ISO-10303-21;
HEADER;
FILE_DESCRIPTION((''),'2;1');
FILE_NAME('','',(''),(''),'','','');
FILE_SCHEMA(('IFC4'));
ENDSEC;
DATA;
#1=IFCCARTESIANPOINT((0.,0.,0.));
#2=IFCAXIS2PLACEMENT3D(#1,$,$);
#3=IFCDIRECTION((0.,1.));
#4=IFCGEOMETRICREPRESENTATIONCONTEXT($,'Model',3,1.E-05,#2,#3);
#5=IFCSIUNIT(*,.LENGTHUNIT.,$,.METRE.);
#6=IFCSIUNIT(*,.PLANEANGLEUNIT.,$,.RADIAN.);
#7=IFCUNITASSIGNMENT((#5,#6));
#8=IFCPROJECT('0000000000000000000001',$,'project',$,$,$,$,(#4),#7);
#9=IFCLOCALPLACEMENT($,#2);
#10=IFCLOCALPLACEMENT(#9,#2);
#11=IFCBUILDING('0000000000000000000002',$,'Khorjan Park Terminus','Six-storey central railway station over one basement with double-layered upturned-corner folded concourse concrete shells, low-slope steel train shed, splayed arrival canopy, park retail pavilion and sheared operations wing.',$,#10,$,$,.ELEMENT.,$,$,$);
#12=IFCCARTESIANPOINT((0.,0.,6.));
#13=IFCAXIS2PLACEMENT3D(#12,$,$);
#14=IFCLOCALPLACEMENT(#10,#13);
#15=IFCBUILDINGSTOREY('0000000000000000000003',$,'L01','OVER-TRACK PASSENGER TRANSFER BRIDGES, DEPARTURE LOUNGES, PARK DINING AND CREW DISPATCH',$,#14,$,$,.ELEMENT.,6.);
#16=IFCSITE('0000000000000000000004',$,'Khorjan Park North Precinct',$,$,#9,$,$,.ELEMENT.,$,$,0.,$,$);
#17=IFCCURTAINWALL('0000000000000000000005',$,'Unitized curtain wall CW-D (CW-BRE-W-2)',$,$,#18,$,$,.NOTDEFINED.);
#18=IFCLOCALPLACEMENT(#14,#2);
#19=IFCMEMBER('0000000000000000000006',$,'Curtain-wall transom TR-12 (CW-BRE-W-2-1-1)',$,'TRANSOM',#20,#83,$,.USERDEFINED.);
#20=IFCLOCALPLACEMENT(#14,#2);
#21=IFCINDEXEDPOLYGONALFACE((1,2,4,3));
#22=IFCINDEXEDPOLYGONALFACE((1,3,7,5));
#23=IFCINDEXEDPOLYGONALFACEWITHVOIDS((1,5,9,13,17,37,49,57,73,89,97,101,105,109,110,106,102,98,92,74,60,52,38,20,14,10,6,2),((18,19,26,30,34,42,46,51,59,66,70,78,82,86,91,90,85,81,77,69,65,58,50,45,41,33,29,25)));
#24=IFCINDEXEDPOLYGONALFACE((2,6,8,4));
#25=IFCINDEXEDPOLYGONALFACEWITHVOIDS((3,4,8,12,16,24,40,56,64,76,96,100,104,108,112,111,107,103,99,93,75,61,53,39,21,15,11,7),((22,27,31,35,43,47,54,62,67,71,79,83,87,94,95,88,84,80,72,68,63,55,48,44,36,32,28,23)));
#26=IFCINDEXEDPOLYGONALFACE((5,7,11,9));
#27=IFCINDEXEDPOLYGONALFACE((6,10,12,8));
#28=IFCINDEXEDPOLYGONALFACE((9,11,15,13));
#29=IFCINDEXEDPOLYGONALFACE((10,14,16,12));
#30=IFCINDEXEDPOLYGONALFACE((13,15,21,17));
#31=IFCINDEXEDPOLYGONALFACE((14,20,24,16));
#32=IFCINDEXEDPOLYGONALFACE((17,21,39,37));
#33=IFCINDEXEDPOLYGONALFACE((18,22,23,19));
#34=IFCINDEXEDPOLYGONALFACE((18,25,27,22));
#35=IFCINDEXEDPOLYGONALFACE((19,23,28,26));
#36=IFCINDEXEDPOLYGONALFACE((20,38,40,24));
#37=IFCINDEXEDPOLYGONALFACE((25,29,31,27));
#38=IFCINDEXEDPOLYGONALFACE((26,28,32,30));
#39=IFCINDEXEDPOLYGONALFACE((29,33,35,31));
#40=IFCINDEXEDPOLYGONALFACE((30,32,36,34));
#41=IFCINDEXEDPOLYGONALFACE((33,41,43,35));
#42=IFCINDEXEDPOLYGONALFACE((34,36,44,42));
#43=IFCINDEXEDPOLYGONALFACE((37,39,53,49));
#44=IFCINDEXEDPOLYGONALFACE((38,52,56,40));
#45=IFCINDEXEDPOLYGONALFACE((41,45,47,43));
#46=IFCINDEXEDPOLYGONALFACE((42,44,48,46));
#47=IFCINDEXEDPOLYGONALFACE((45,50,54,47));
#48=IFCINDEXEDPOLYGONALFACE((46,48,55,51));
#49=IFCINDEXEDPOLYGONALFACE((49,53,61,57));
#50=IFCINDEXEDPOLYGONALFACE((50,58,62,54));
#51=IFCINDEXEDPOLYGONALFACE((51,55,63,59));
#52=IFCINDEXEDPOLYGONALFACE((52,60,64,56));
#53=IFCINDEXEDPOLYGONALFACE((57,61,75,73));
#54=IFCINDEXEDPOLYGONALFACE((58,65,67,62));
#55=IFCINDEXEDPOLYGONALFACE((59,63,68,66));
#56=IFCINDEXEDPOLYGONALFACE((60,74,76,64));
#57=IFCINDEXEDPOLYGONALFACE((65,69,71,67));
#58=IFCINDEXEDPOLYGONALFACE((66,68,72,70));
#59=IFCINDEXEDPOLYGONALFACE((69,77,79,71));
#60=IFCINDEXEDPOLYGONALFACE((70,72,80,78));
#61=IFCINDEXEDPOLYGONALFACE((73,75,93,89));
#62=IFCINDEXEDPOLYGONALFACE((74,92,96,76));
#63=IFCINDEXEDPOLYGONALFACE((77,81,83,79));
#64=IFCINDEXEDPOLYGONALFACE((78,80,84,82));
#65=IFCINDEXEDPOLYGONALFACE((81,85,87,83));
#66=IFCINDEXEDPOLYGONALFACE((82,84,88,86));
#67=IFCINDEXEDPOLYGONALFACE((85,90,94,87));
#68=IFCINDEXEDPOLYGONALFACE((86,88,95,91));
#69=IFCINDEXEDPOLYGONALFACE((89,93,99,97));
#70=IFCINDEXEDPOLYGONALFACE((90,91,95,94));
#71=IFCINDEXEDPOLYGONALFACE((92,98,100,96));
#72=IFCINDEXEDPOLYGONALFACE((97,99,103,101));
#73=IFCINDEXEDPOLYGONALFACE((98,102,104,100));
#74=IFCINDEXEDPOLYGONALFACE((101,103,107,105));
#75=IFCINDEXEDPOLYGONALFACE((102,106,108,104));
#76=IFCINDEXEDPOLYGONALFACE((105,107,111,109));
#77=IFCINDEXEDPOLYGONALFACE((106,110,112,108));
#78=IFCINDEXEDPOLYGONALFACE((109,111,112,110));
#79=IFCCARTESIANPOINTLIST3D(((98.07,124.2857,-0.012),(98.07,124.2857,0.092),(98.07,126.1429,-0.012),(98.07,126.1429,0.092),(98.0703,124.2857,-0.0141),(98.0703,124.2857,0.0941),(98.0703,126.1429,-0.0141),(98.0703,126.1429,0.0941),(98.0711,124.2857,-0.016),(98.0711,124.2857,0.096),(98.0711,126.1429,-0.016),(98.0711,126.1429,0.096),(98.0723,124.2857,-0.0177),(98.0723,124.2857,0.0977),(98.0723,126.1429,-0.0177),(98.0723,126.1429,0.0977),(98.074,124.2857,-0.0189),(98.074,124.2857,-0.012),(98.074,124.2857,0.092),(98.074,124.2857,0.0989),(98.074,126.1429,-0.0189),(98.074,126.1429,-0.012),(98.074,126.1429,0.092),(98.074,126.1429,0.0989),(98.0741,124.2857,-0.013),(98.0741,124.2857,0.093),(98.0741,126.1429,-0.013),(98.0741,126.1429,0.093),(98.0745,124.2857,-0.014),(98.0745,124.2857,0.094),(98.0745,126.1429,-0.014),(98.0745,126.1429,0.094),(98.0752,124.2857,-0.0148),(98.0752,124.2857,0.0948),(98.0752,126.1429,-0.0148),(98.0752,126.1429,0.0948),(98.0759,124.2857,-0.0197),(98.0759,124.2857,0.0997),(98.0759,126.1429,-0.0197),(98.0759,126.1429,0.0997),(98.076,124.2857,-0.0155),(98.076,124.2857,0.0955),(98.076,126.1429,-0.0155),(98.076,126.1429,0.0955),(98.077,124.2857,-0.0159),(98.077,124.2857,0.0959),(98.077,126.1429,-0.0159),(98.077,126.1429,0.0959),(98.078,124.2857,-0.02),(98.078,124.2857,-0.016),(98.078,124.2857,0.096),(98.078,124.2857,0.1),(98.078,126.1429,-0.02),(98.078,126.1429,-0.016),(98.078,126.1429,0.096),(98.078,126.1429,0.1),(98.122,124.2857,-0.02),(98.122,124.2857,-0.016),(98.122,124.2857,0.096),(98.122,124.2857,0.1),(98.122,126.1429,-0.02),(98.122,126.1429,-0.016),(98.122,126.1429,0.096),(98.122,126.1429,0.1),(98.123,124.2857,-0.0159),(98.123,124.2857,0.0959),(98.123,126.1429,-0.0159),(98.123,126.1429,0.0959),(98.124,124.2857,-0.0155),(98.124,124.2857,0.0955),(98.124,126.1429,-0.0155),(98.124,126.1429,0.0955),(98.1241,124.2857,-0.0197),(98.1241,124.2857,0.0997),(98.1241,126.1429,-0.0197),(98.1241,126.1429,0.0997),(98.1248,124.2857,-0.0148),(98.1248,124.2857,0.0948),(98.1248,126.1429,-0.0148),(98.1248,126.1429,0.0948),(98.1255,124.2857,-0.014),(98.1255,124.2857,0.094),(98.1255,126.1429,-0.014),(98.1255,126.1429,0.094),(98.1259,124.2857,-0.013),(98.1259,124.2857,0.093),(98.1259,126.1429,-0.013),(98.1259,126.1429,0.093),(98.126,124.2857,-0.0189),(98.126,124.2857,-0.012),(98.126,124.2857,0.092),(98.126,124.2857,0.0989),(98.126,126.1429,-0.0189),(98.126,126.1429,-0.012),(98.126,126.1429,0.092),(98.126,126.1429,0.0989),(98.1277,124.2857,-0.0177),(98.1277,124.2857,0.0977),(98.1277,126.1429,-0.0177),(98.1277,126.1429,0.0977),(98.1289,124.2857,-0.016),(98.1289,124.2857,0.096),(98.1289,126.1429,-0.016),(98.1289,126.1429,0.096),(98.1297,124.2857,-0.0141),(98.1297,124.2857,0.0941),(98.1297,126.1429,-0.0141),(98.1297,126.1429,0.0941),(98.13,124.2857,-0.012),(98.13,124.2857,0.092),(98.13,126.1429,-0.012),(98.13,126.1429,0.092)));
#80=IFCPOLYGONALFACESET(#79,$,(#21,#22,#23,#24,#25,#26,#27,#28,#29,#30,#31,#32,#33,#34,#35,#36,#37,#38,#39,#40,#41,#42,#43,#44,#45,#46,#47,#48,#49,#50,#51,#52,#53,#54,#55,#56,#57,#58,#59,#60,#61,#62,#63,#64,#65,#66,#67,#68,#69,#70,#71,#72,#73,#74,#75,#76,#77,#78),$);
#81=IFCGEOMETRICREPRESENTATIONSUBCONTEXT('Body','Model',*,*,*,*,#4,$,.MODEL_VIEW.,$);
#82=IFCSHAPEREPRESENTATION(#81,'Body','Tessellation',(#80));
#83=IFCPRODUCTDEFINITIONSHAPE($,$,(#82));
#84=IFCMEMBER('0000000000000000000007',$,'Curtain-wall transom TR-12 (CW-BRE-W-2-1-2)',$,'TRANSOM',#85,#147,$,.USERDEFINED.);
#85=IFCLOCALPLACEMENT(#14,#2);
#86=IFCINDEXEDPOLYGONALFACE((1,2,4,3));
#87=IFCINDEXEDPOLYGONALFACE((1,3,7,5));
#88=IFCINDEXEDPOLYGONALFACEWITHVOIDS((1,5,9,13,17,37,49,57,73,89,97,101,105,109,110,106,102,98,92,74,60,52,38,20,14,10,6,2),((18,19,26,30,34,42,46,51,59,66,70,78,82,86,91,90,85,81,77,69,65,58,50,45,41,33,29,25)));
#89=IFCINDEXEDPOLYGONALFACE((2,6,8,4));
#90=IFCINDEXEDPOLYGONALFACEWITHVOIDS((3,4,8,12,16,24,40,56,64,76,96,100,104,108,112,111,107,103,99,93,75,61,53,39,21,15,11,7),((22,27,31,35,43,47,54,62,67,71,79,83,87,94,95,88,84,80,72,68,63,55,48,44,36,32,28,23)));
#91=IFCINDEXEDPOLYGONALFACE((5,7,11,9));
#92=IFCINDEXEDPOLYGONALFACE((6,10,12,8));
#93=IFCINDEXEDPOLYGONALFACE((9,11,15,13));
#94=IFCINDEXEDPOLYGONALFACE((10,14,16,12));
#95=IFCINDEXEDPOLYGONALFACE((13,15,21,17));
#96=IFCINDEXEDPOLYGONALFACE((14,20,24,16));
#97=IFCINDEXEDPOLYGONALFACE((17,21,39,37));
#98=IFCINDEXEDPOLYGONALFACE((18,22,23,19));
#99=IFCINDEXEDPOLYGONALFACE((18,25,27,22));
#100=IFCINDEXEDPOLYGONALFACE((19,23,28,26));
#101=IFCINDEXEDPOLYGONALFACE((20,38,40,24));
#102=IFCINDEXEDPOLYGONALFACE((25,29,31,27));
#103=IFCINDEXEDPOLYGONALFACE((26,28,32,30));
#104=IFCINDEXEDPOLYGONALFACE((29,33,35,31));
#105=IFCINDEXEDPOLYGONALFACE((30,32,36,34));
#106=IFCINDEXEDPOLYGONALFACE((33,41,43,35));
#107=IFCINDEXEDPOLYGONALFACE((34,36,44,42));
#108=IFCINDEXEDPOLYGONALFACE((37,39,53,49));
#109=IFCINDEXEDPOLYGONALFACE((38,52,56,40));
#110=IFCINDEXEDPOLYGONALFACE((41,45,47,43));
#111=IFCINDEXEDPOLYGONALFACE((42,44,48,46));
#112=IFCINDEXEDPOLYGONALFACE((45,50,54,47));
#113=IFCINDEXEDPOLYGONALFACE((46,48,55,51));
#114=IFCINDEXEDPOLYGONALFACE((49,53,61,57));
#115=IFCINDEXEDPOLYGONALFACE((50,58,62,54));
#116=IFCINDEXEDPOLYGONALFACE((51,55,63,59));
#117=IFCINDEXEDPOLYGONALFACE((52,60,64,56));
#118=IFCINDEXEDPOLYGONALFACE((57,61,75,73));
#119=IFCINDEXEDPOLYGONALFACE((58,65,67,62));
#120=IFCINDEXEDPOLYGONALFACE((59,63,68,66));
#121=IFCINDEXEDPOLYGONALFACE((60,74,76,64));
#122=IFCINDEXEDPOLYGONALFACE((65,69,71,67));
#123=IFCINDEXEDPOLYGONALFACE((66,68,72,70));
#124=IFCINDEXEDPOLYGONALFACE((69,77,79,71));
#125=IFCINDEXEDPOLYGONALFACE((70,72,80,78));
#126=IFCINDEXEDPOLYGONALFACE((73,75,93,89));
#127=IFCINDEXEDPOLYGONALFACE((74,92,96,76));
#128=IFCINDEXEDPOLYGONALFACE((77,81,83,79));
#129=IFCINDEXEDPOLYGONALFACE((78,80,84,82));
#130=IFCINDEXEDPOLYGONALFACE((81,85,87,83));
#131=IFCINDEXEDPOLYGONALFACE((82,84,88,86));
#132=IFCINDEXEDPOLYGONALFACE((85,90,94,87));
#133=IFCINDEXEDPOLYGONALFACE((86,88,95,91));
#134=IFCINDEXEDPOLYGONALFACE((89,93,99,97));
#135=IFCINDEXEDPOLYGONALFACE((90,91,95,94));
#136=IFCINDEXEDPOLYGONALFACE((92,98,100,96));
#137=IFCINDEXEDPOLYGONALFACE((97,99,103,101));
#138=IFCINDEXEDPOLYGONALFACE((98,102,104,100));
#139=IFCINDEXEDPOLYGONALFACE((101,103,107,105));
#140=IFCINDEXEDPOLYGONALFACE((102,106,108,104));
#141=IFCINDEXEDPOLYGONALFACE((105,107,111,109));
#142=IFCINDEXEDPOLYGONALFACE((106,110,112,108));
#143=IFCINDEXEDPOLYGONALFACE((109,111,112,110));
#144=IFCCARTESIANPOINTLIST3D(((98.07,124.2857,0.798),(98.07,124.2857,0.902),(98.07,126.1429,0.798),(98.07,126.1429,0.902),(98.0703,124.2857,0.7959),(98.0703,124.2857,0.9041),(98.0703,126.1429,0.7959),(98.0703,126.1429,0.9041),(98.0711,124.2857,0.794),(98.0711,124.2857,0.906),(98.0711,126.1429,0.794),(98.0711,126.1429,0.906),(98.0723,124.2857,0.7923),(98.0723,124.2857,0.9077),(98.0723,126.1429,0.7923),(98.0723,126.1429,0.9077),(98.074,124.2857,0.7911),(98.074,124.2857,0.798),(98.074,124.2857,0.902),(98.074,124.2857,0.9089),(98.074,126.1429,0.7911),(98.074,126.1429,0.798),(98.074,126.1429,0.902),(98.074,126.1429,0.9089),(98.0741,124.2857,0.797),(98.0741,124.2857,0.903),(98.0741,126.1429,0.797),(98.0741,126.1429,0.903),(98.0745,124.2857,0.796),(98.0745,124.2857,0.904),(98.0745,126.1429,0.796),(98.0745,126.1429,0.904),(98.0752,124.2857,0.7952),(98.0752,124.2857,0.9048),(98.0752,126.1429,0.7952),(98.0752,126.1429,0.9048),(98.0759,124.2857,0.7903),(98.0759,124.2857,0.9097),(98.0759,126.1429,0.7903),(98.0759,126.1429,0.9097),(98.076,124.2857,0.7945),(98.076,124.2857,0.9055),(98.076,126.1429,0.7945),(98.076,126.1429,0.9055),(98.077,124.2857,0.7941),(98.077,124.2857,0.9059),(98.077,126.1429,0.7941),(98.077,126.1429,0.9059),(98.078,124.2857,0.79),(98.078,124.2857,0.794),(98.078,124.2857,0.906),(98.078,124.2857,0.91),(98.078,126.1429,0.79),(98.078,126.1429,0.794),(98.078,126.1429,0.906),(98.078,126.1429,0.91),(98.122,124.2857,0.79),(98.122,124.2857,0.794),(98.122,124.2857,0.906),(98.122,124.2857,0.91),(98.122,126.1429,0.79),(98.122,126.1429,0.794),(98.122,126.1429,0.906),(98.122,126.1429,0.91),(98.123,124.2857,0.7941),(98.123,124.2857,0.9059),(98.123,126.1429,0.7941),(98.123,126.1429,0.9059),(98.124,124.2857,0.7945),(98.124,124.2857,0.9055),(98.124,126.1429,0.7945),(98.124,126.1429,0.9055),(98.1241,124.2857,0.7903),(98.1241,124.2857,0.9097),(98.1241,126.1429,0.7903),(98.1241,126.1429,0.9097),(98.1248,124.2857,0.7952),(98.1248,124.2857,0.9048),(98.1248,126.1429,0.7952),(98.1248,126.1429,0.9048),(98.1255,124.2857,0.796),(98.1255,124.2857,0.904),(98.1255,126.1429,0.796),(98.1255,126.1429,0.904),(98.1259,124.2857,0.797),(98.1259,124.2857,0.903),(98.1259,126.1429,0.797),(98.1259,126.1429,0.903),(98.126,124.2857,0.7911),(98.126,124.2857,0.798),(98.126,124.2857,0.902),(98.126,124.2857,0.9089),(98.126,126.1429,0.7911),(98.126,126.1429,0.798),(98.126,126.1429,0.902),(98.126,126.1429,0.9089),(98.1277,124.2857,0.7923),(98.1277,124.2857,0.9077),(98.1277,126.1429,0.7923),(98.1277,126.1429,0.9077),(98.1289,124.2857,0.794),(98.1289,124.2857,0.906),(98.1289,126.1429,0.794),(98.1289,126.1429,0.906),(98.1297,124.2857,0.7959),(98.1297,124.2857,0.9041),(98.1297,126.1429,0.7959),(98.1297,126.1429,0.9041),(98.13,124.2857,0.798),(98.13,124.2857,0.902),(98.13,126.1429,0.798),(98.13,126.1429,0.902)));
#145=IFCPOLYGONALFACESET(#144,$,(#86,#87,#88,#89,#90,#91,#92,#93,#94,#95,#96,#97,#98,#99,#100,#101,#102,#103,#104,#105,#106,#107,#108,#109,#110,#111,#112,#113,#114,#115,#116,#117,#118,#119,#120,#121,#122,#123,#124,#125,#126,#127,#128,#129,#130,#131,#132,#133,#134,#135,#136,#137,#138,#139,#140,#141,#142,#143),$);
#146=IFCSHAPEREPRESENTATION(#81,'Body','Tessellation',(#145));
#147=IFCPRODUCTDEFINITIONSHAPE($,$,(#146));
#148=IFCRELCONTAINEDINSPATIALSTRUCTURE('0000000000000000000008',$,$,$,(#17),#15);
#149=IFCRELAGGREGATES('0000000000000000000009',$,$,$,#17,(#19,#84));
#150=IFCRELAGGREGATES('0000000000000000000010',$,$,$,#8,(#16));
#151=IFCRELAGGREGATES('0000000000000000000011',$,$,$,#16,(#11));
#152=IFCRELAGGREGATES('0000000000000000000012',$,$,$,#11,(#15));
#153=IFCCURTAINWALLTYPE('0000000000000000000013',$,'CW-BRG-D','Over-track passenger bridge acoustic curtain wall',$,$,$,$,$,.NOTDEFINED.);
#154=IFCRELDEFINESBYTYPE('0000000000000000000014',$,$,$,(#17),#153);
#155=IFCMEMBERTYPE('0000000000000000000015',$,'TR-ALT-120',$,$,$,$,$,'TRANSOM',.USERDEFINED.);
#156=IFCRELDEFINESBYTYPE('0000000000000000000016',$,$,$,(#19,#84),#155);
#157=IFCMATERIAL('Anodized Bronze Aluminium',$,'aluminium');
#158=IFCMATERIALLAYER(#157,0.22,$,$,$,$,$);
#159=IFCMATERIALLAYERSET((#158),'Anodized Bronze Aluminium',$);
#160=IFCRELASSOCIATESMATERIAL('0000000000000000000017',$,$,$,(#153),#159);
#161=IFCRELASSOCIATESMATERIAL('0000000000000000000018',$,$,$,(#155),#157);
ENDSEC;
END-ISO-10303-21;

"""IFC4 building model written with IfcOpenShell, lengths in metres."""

from ifc_helpers import new_model, si_unit, direction, frame, origin, origin_2d, place, context, subcontext, project, spatial, hollow_rectangle, extrude, material, layer, layer_set, material_profile, profile_set, type_object, element, aggregate, save


model = new_model("IFC4")

# Units and contexts
model_context = context("Model", 3, precision=1e-05, world=origin(), true_north=direction((0.0, 1.0)))
body_context = subcontext(model_context, "Body", "Model", "MODEL_VIEW")
ifc_project = project(units=[si_unit("LENGTHUNIT", "METRE"), si_unit("PLANEANGLEUNIT", "RADIAN")], contexts=[model_context])

# Site, building, storey
site_placement = place(None, origin())
site = spatial("IfcSite", under=ifc_project, at=site_placement, Name="Khorjan Park North Precinct", CompositionType="ELEMENT", RefElevation=0.0)
building_placement = place(site_placement, origin())
building = spatial("IfcBuilding", under=site, at=building_placement, Name="Khorjan Park Terminus", Description="Six-storey central railway station over one basement with double-layered upturned-corner folded concourse concrete shells, low-slope steel train shed, splayed arrival canopy, park retail pavilion and sheared operations wing.", CompositionType="ELEMENT")
storey_placement = place(building_placement, frame((0.0, 0.0, 6.0)))
storey = spatial("IfcBuildingStorey", under=building, at=storey_placement, Name="L01", Description="OVER-TRACK PASSENGER TRANSFER BRIDGES, DEPARTURE LOUNGES, PARK DINING AND CREW DISPATCH", CompositionType="ELEMENT", Elevation=6.0)

# Curtain wall, members
ifc_material_1 = material(Name="Anodized Bronze Aluminium", Category="aluminium")
ifc_layer_1 = layer(ifc_material_1, 0.22)
ifc_layer_set_1 = layer_set([ifc_layer_1], Name="Anodized Bronze Aluminium")
curtain_wall_type = type_object("IfcCurtainWallType", Name="CW-BRG-D", Description="Over-track passenger bridge acoustic curtain wall", PredefinedType="NOTDEFINED", material=ifc_layer_set_1)
curtain_wall_placement = place(storey_placement, origin())
curtain_wall = element("IfcCurtainWall", 1, at=curtain_wall_placement, inside=storey, type_object=curtain_wall_type, Name="Unitized curtain wall CW-D (CW-BRE-W-2)", PredefinedType="NOTDEFINED")
ifc_material_profile_1 = material_profile(ifc_material_1, hollow_rectangle(XDim=0.06, YDim=0.12, WallThickness=0.004, InnerFilletRadius=0.004, OuterFilletRadius=0.008, at=origin_2d()), Name="ALT 60x120x4")
ifc_profile_set_1 = profile_set([ifc_material_profile_1], Name="Anodized Bronze Aluminium")
member_type_1 = type_object("IfcMemberType", Name="TR-ALT-120", ElementType="TRANSOM", PredefinedType="USERDEFINED", material=ifc_profile_set_1)
member_1_placement = place(storey_placement, frame((98.1, 126.1429, 0.04), z_axis=(0.0, -1.0, 0.0), x_axis=(1.0, 0.0, 0.0)))
member_1 = element("IfcMember", 2, at=member_1_placement, type_object=member_type_1, Name="Curtain-wall transom TR-12 (CW-BRE-W-2-1-1)", ObjectType="TRANSOM", PredefinedType="USERDEFINED", context=body_context, shape_type="SweptSolid", body=[
    extrude(hollow_rectangle(XDim=0.06, YDim=0.12, WallThickness=0.004, InnerFilletRadius=0.004, OuterFilletRadius=0.008, at=origin_2d()), origin(), (0.0, 0.0, 1.0), 1.8572),
])
member_2_placement = place(storey_placement, frame((98.1, 126.1429, 0.85), z_axis=(0.0, -1.0, 0.0), x_axis=(1.0, 0.0, 0.0)))
member_2 = element("IfcMember", 3, at=member_2_placement, type_object=member_type_1, Name="Curtain-wall transom TR-12 (CW-BRE-W-2-1-2)", ObjectType="TRANSOM", PredefinedType="USERDEFINED", context=body_context, shape_type="SweptSolid", body=[
    extrude(hollow_rectangle(XDim=0.06, YDim=0.12, WallThickness=0.004, InnerFilletRadius=0.004, OuterFilletRadius=0.008, at=origin_2d()), origin(), (0.0, 0.0, 1.0), 1.8572),
])
aggregate(curtain_wall, [member_1, member_2])

save(model, "model.ifc")
